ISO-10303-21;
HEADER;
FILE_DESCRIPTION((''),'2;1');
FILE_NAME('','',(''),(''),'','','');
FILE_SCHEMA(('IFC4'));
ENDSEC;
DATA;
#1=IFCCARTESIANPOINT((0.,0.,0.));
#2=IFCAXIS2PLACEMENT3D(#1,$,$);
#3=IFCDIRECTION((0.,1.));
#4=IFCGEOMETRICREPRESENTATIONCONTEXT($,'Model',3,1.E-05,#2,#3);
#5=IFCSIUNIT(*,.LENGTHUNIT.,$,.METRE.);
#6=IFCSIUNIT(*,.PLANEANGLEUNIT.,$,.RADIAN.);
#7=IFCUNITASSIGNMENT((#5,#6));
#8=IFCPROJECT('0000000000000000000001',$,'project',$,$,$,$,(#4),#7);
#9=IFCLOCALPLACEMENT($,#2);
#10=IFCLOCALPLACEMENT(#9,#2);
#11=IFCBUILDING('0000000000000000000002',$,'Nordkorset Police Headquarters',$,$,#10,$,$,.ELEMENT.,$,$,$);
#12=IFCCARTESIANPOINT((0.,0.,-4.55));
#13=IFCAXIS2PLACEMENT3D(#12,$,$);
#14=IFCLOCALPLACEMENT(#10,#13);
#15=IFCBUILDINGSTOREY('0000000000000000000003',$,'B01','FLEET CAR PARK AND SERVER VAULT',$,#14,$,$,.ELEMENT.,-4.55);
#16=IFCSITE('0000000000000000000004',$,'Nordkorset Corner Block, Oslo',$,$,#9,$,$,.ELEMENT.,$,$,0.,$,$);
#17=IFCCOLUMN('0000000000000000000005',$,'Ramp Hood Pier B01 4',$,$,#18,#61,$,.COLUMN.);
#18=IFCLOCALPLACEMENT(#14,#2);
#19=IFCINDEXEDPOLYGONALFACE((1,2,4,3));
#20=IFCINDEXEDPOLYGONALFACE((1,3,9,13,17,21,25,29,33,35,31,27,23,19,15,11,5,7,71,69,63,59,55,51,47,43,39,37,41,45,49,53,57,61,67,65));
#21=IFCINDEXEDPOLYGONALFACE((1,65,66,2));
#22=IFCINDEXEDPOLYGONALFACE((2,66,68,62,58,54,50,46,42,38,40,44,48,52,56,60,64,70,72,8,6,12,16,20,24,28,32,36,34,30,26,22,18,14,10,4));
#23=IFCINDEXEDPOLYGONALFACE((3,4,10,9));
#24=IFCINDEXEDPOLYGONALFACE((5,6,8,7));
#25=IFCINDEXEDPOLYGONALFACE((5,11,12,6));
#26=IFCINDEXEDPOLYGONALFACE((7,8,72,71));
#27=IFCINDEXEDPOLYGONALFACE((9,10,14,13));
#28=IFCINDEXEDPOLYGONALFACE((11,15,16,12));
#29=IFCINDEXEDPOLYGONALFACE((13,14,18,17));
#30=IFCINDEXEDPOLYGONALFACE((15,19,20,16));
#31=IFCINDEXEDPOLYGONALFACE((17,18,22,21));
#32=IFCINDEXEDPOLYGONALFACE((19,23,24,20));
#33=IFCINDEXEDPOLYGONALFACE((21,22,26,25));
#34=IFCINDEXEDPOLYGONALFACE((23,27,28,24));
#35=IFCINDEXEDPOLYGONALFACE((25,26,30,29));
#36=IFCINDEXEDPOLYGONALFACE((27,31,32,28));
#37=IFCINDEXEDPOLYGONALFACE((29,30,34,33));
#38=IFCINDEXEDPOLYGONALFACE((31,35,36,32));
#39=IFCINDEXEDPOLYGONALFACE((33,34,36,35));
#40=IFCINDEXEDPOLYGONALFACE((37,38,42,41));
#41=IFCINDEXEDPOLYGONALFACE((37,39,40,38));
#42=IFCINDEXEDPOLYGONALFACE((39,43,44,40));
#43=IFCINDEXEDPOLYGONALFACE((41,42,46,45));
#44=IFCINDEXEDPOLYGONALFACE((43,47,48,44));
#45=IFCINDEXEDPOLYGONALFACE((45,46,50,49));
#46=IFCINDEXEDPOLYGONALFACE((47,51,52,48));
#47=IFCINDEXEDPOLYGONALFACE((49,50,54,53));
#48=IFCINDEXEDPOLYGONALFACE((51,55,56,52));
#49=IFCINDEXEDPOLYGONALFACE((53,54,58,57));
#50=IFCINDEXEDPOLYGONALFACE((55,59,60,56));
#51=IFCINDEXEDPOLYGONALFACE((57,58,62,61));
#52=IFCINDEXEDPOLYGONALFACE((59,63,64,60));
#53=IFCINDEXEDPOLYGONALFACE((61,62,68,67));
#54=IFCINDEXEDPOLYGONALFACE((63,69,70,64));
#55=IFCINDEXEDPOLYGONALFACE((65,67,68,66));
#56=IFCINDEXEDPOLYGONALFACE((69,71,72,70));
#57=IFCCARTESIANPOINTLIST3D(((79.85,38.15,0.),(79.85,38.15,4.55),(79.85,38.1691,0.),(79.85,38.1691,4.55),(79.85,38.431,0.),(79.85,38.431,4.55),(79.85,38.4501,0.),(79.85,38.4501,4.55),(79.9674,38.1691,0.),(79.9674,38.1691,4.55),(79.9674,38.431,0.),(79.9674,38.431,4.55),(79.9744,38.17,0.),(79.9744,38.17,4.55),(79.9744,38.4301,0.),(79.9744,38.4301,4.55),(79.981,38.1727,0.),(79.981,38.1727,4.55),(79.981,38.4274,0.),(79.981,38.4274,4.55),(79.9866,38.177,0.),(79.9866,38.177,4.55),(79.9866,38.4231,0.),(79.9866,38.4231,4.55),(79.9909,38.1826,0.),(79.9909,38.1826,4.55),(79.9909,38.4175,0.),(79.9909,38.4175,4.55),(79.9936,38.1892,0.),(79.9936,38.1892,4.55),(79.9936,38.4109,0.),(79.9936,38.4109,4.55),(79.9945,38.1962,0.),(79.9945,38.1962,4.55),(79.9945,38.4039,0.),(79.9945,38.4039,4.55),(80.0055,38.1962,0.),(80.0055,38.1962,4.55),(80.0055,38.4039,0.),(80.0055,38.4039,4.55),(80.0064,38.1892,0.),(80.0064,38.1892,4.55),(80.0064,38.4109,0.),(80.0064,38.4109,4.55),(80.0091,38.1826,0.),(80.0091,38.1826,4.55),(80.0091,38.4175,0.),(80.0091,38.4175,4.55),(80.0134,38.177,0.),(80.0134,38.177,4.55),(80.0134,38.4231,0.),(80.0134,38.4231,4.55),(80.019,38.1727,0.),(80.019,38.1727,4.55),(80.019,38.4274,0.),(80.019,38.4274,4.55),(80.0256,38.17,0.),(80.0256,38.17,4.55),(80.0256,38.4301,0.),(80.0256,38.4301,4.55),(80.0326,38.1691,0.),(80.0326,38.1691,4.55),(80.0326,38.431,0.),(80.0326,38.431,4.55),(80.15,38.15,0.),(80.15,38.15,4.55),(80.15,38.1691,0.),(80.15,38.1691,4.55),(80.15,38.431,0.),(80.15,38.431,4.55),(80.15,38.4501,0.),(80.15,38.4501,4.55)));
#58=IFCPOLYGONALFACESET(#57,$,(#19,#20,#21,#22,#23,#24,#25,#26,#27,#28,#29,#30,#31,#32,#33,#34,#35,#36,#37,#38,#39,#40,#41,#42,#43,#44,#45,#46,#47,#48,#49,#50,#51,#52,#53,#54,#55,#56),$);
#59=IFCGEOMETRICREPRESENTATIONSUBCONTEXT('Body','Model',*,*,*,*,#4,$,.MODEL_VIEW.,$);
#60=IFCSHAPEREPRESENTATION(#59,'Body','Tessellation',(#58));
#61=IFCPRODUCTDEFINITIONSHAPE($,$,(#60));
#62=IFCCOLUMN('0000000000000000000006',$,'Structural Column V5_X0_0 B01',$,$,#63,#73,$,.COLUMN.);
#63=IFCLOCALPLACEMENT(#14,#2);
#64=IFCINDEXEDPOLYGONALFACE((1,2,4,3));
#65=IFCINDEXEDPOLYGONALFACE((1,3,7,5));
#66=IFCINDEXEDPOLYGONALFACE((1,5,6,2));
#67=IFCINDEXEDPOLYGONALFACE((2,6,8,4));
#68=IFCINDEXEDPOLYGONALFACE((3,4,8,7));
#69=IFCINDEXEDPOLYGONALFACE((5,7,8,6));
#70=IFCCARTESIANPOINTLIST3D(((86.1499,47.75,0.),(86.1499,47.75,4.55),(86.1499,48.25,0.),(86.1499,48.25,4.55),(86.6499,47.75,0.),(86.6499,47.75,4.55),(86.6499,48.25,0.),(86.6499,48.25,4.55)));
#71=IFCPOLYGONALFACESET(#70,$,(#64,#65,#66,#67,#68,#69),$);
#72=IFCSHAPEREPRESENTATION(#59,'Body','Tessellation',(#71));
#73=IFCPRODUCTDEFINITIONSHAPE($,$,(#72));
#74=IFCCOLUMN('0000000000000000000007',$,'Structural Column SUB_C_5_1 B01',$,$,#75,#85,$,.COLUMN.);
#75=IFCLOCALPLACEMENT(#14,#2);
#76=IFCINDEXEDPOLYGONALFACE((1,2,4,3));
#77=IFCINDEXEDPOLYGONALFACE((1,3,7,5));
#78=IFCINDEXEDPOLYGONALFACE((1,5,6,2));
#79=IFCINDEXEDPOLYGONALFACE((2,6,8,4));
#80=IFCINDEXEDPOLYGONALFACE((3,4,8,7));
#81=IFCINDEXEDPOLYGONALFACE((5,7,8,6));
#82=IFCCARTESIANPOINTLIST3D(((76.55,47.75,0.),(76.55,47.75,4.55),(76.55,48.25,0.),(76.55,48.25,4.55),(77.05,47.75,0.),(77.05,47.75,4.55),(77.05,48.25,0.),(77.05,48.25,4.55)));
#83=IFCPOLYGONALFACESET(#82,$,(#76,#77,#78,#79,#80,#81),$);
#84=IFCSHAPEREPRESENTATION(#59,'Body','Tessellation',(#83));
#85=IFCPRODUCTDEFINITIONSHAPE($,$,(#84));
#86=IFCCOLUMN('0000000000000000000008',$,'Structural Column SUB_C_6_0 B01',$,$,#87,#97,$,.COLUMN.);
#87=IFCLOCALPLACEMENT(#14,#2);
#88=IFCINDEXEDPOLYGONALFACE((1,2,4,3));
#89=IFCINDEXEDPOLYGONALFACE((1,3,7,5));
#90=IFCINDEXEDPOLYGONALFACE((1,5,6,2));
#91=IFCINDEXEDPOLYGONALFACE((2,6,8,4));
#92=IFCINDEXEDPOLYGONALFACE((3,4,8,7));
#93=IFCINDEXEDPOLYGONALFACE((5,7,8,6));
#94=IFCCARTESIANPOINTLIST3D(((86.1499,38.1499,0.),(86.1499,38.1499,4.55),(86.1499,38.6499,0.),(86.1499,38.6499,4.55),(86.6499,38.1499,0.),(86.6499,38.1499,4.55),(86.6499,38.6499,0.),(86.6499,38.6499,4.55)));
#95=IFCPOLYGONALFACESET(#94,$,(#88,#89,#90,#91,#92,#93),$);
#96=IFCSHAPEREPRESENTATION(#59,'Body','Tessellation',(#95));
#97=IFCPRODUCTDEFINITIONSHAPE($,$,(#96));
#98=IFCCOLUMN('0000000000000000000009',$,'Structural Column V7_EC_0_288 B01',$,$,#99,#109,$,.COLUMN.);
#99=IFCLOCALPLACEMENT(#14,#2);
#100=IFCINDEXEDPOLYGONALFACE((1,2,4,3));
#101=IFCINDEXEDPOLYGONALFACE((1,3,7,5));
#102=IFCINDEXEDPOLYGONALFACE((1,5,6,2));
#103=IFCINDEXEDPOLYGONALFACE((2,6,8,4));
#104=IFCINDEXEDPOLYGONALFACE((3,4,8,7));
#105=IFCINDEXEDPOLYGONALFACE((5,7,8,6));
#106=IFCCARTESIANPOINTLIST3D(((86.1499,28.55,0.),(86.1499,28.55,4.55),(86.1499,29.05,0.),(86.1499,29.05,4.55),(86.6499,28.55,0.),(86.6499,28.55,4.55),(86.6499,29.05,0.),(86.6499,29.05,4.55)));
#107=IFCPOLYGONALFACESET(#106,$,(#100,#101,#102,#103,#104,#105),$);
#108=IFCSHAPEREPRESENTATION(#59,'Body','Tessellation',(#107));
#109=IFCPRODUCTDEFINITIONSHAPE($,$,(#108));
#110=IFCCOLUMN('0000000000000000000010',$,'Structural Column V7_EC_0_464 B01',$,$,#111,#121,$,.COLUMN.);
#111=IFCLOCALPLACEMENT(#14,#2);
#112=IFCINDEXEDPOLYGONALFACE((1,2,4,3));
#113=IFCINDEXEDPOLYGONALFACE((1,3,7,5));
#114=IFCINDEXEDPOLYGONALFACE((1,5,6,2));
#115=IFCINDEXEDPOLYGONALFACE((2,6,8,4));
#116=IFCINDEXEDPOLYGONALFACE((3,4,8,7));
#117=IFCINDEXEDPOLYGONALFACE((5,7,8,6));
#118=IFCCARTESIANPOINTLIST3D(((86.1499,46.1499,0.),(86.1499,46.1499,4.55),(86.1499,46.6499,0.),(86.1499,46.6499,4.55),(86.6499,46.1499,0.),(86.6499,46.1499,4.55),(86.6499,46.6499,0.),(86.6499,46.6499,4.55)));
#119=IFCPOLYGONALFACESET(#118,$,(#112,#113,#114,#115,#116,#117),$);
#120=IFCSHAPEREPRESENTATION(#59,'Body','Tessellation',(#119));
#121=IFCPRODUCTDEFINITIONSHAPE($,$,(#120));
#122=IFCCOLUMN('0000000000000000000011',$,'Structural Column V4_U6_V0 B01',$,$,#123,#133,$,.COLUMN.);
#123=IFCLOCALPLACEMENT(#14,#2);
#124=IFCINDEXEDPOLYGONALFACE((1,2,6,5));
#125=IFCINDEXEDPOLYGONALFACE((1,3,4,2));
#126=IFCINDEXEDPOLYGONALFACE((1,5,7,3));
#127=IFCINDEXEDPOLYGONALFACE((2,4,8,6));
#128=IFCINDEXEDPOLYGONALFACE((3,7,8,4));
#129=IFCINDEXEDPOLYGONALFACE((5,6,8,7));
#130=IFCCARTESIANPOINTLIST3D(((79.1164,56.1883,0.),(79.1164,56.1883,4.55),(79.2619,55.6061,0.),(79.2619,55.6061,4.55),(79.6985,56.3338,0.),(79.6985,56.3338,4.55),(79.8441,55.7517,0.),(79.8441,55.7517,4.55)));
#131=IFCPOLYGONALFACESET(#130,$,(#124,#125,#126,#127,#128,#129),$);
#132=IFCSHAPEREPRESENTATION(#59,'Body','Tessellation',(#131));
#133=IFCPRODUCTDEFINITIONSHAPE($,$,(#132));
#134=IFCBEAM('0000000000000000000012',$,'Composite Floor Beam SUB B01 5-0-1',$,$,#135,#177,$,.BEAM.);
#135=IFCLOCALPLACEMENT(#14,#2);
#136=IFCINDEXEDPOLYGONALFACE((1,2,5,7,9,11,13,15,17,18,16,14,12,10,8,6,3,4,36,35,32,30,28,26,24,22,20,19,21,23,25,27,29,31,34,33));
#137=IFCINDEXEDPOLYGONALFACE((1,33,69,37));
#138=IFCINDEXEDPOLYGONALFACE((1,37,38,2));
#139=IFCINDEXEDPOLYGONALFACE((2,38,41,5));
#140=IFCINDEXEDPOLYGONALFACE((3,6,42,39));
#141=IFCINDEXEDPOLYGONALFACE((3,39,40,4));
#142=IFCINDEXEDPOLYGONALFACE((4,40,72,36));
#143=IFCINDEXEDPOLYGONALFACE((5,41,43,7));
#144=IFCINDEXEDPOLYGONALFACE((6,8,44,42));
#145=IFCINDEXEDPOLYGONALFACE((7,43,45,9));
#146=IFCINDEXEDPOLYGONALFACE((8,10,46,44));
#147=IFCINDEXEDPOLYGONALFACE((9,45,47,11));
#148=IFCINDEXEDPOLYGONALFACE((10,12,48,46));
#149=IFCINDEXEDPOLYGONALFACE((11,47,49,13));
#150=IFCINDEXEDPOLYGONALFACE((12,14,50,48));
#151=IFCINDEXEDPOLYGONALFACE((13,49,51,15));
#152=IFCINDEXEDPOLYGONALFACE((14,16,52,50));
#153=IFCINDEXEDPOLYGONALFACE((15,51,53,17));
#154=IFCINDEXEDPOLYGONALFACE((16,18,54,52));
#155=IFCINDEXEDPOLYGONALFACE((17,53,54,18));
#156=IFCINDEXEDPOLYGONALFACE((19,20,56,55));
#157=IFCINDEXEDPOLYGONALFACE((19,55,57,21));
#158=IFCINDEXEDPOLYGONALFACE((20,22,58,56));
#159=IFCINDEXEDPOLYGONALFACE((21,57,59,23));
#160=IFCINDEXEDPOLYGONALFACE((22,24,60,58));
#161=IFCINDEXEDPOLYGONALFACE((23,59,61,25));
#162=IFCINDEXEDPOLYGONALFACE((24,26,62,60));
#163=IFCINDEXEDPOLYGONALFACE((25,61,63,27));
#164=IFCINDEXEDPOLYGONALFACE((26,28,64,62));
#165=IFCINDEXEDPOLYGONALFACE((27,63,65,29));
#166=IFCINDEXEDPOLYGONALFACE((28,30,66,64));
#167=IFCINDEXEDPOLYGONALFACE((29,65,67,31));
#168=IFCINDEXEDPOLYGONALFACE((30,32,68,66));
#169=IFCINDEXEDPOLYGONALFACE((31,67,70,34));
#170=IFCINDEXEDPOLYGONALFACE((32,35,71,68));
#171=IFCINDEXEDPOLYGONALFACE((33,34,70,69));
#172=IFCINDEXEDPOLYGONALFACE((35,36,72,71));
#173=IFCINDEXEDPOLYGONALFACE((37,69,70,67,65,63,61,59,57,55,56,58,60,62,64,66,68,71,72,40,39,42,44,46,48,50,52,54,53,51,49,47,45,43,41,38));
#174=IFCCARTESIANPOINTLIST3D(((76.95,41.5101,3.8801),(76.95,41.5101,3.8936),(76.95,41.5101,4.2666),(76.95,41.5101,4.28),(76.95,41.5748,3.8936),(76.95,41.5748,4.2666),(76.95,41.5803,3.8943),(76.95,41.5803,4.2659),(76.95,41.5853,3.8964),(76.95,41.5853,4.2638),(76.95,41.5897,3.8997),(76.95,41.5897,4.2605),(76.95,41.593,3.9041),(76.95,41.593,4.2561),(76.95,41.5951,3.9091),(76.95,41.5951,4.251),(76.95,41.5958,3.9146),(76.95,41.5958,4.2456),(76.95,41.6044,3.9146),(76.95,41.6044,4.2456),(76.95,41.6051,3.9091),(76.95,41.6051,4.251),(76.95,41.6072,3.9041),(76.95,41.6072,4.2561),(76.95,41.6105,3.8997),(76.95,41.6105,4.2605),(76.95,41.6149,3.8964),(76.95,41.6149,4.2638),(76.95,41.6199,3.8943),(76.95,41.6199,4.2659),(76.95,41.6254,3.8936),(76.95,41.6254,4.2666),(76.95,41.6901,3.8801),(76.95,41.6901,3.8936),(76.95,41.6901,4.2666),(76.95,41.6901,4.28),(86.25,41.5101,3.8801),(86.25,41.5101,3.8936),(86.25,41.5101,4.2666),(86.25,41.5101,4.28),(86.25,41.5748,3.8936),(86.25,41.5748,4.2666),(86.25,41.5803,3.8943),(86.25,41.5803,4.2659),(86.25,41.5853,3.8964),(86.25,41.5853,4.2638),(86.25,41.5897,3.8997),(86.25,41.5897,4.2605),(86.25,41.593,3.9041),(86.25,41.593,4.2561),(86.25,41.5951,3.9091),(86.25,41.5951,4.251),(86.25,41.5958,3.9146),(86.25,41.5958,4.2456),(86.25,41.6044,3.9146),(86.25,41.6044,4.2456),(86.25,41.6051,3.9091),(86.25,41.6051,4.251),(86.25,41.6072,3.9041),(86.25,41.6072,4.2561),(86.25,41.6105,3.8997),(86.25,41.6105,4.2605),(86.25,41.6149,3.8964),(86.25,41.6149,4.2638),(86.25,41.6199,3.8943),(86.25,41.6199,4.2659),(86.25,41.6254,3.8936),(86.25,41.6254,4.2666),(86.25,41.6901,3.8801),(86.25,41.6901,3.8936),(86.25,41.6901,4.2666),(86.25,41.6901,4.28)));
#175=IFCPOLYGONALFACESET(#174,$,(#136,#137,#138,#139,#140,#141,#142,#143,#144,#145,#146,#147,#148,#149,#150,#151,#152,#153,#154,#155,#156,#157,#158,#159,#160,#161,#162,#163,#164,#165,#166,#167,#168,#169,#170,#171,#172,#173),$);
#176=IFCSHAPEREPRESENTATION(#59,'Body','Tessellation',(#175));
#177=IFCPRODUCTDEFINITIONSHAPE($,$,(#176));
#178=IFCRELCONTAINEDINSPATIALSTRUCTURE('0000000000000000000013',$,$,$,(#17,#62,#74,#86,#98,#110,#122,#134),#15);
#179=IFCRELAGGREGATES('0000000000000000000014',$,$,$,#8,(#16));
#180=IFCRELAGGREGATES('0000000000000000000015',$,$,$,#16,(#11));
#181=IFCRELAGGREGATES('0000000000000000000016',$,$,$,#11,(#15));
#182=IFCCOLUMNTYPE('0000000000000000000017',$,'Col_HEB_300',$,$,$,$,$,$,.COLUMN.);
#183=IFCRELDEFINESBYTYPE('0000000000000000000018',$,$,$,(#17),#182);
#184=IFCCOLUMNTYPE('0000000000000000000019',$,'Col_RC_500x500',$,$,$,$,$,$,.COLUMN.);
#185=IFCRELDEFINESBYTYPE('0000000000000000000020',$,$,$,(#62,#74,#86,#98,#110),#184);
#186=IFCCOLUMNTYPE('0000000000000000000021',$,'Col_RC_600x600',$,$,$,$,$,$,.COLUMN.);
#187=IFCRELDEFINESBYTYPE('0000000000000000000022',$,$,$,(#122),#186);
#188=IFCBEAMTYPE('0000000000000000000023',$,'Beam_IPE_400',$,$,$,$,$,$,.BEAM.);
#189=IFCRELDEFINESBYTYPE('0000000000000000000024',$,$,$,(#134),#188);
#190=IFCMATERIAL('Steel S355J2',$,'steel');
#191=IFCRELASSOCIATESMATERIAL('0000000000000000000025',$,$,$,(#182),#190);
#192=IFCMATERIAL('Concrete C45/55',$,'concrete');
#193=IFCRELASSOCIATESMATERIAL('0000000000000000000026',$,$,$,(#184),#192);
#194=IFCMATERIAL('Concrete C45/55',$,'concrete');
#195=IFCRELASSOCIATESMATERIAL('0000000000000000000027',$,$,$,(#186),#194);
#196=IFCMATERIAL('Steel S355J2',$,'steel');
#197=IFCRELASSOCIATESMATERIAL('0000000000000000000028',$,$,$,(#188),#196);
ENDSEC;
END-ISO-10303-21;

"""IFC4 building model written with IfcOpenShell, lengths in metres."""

from ifc_helpers import new_model, si_unit, direction, frame, origin, origin_2d, place, context, subcontext, project, spatial, rectangle, i_section, extrude, material, material_profile, profile_set, type_object, element, save


model = new_model("IFC4")

# Units and contexts
model_context = context("Model", 3, precision=1e-05, world=origin(), true_north=direction((0.0, 1.0)))
body_context = subcontext(model_context, "Body", "Model", "MODEL_VIEW")
ifc_project = project(units=[si_unit("LENGTHUNIT", "METRE"), si_unit("PLANEANGLEUNIT", "RADIAN")], contexts=[model_context])

# Site, building, storey
site_placement = place(None, origin())
site = spatial("IfcSite", under=ifc_project, at=site_placement, Name="Nordkorset Corner Block, Oslo", CompositionType="ELEMENT", RefElevation=0.0)
building_placement = place(site_placement, origin())
building = spatial("IfcBuilding", under=site, at=building_placement, Name="Nordkorset Police Headquarters", CompositionType="ELEMENT")
storey_placement = place(building_placement, frame((0.0, 0.0, -4.55)))
storey = spatial("IfcBuildingStorey", under=building, at=storey_placement, Name="B01", Description="FLEET CAR PARK AND SERVER VAULT", CompositionType="ELEMENT", Elevation=-4.55)

# Columns
ifc_material_1 = material(Name="Steel S355J2", Category="steel")
ifc_material_profile_1 = material_profile(ifc_material_1, i_section(OverallWidth=0.3, OverallDepth=0.3, WebThickness=0.011, FlangeThickness=0.019, FilletRadius=0.0271, at=origin_2d()), Name="HEB 300")
ifc_profile_set_1 = profile_set([ifc_material_profile_1], Name="Steel S355J2")
column_type_1 = type_object("IfcColumnType", Name="Col_HEB_300", PredefinedType="COLUMN", material=ifc_profile_set_1)
for number, where, z_axis, x_axis, name in (
    (1, (80.0, 38.3, 0.0), (0.0, 0.0, 1.0), (1.0, 0.0, 0.0), "Ramp Hood Pier B01 4"),
):
    element("IfcColumn", number, at=place(storey_placement, frame(where, z_axis=z_axis, x_axis=x_axis)), inside=storey, type_object=column_type_1, Name=name, PredefinedType="COLUMN", context=body_context, shape_type="SweptSolid", body=[
        extrude(i_section(OverallWidth=0.3, OverallDepth=0.3, WebThickness=0.011, FlangeThickness=0.019, FilletRadius=0.0271, at=origin_2d()), origin(), (0.0, 0.0, 1.0), 4.55),
    ])
ifc_material_2 = material(Name="Concrete C45/55", Category="concrete")
ifc_material_profile_2 = material_profile(ifc_material_2, rectangle(XDim=0.5, YDim=0.5, at=origin_2d()), Name="RC 500x500")
ifc_profile_set_2 = profile_set([ifc_material_profile_2], Name="Concrete C45/55")
column_type_2 = type_object("IfcColumnType", Name="Col_RC_500x500", PredefinedType="COLUMN", material=ifc_profile_set_2)
for number, where, z_axis, x_axis, name in (
    (2, (86.3999, 48.0, 0.0), (0.0, 0.0, 1.0), (1.0, 0.0, 0.0), "Structural Column V5_X0_0 B01"),
    (3, (76.8, 48.0, 0.0), (0.0, 0.0, 1.0), (1.0, 0.0, 0.0), "Structural Column SUB_C_5_1 B01"),
    (4, (86.3999, 38.3999, 0.0), (0.0, 0.0, 1.0), (1.0, 0.0, 0.0), "Structural Column SUB_C_6_0 B01"),
    (5, (86.3999, 28.8, 0.0), (0.0, 0.0, 1.0), (1.0, 0.0, 0.0), "Structural Column V7_EC_0_288 B01"),
    (6, (86.3999, 46.3999, 0.0), (0.0, 0.0, 1.0), (1.0, 0.0, 0.0), "Structural Column V7_EC_0_464 B01"),
):
    element("IfcColumn", number, at=place(storey_placement, frame(where, z_axis=z_axis, x_axis=x_axis)), inside=storey, type_object=column_type_2, Name=name, PredefinedType="COLUMN", context=body_context, shape_type="SweptSolid", body=[
        extrude(rectangle(XDim=0.5, YDim=0.5, at=origin_2d()), origin(), (0.0, 0.0, 1.0), 4.55),
    ])
ifc_material_3 = material(Name="Concrete C45/55", Category="concrete")
ifc_material_profile_3 = material_profile(ifc_material_3, rectangle(XDim=0.6001, YDim=0.6001, at=origin_2d()), Name="RC 600x600")
ifc_profile_set_3 = profile_set([ifc_material_profile_3], Name="Concrete C45/55")
column_type_3 = type_object("IfcColumnType", Name="Col_RC_600x600", PredefinedType="COLUMN", material=ifc_profile_set_3)
column_placement = place(storey_placement, frame((79.4802, 55.97, 0.0), z_axis=(0.0, 0.0, 1.0), x_axis=(0.970143, 0.242536, 0.0)))
element("IfcColumn", 7, at=column_placement, inside=storey, type_object=column_type_3, Name="Structural Column V4_U6_V0 B01", PredefinedType="COLUMN", context=body_context, shape_type="SweptSolid", body=[
    extrude(rectangle(XDim=0.6001, YDim=0.6001, at=origin_2d()), origin(), (0.0, 0.0, 1.0), 4.55),
])

# Beam
ifc_material_4 = material(Name="Steel S355J2", Category="steel")
ifc_material_profile_4 = material_profile(ifc_material_4, i_section(OverallWidth=0.1799, OverallDepth=0.3999, WebThickness=0.0085, FlangeThickness=0.0134, FilletRadius=0.021, at=origin_2d()), Name="IPE 400")
ifc_profile_set_4 = profile_set([ifc_material_profile_4], Name="Steel S355J2")
beam_type_1 = type_object("IfcBeamType", Name="Beam_IPE_400", PredefinedType="BEAM", material=ifc_profile_set_4)
for number, where, z_axis, x_axis, name in (
    (8, (76.95, 41.6001, 4.0801), (1.0, 0.0, 0.0), (0.0, 1.0, 0.0), "Composite Floor Beam SUB B01 5-0-1"),
):
    element("IfcBeam", number, at=place(storey_placement, frame(where, z_axis=z_axis, x_axis=x_axis)), inside=storey, type_object=beam_type_1, Name=name, PredefinedType="BEAM", context=body_context, shape_type="SweptSolid", body=[
        extrude(i_section(OverallWidth=0.1799, OverallDepth=0.3999, WebThickness=0.0085, FlangeThickness=0.0134, FilletRadius=0.021, at=origin_2d()), origin(), (0.0, 0.0, 1.0), 9.3),
    ])

save(model, "model.ifc")
